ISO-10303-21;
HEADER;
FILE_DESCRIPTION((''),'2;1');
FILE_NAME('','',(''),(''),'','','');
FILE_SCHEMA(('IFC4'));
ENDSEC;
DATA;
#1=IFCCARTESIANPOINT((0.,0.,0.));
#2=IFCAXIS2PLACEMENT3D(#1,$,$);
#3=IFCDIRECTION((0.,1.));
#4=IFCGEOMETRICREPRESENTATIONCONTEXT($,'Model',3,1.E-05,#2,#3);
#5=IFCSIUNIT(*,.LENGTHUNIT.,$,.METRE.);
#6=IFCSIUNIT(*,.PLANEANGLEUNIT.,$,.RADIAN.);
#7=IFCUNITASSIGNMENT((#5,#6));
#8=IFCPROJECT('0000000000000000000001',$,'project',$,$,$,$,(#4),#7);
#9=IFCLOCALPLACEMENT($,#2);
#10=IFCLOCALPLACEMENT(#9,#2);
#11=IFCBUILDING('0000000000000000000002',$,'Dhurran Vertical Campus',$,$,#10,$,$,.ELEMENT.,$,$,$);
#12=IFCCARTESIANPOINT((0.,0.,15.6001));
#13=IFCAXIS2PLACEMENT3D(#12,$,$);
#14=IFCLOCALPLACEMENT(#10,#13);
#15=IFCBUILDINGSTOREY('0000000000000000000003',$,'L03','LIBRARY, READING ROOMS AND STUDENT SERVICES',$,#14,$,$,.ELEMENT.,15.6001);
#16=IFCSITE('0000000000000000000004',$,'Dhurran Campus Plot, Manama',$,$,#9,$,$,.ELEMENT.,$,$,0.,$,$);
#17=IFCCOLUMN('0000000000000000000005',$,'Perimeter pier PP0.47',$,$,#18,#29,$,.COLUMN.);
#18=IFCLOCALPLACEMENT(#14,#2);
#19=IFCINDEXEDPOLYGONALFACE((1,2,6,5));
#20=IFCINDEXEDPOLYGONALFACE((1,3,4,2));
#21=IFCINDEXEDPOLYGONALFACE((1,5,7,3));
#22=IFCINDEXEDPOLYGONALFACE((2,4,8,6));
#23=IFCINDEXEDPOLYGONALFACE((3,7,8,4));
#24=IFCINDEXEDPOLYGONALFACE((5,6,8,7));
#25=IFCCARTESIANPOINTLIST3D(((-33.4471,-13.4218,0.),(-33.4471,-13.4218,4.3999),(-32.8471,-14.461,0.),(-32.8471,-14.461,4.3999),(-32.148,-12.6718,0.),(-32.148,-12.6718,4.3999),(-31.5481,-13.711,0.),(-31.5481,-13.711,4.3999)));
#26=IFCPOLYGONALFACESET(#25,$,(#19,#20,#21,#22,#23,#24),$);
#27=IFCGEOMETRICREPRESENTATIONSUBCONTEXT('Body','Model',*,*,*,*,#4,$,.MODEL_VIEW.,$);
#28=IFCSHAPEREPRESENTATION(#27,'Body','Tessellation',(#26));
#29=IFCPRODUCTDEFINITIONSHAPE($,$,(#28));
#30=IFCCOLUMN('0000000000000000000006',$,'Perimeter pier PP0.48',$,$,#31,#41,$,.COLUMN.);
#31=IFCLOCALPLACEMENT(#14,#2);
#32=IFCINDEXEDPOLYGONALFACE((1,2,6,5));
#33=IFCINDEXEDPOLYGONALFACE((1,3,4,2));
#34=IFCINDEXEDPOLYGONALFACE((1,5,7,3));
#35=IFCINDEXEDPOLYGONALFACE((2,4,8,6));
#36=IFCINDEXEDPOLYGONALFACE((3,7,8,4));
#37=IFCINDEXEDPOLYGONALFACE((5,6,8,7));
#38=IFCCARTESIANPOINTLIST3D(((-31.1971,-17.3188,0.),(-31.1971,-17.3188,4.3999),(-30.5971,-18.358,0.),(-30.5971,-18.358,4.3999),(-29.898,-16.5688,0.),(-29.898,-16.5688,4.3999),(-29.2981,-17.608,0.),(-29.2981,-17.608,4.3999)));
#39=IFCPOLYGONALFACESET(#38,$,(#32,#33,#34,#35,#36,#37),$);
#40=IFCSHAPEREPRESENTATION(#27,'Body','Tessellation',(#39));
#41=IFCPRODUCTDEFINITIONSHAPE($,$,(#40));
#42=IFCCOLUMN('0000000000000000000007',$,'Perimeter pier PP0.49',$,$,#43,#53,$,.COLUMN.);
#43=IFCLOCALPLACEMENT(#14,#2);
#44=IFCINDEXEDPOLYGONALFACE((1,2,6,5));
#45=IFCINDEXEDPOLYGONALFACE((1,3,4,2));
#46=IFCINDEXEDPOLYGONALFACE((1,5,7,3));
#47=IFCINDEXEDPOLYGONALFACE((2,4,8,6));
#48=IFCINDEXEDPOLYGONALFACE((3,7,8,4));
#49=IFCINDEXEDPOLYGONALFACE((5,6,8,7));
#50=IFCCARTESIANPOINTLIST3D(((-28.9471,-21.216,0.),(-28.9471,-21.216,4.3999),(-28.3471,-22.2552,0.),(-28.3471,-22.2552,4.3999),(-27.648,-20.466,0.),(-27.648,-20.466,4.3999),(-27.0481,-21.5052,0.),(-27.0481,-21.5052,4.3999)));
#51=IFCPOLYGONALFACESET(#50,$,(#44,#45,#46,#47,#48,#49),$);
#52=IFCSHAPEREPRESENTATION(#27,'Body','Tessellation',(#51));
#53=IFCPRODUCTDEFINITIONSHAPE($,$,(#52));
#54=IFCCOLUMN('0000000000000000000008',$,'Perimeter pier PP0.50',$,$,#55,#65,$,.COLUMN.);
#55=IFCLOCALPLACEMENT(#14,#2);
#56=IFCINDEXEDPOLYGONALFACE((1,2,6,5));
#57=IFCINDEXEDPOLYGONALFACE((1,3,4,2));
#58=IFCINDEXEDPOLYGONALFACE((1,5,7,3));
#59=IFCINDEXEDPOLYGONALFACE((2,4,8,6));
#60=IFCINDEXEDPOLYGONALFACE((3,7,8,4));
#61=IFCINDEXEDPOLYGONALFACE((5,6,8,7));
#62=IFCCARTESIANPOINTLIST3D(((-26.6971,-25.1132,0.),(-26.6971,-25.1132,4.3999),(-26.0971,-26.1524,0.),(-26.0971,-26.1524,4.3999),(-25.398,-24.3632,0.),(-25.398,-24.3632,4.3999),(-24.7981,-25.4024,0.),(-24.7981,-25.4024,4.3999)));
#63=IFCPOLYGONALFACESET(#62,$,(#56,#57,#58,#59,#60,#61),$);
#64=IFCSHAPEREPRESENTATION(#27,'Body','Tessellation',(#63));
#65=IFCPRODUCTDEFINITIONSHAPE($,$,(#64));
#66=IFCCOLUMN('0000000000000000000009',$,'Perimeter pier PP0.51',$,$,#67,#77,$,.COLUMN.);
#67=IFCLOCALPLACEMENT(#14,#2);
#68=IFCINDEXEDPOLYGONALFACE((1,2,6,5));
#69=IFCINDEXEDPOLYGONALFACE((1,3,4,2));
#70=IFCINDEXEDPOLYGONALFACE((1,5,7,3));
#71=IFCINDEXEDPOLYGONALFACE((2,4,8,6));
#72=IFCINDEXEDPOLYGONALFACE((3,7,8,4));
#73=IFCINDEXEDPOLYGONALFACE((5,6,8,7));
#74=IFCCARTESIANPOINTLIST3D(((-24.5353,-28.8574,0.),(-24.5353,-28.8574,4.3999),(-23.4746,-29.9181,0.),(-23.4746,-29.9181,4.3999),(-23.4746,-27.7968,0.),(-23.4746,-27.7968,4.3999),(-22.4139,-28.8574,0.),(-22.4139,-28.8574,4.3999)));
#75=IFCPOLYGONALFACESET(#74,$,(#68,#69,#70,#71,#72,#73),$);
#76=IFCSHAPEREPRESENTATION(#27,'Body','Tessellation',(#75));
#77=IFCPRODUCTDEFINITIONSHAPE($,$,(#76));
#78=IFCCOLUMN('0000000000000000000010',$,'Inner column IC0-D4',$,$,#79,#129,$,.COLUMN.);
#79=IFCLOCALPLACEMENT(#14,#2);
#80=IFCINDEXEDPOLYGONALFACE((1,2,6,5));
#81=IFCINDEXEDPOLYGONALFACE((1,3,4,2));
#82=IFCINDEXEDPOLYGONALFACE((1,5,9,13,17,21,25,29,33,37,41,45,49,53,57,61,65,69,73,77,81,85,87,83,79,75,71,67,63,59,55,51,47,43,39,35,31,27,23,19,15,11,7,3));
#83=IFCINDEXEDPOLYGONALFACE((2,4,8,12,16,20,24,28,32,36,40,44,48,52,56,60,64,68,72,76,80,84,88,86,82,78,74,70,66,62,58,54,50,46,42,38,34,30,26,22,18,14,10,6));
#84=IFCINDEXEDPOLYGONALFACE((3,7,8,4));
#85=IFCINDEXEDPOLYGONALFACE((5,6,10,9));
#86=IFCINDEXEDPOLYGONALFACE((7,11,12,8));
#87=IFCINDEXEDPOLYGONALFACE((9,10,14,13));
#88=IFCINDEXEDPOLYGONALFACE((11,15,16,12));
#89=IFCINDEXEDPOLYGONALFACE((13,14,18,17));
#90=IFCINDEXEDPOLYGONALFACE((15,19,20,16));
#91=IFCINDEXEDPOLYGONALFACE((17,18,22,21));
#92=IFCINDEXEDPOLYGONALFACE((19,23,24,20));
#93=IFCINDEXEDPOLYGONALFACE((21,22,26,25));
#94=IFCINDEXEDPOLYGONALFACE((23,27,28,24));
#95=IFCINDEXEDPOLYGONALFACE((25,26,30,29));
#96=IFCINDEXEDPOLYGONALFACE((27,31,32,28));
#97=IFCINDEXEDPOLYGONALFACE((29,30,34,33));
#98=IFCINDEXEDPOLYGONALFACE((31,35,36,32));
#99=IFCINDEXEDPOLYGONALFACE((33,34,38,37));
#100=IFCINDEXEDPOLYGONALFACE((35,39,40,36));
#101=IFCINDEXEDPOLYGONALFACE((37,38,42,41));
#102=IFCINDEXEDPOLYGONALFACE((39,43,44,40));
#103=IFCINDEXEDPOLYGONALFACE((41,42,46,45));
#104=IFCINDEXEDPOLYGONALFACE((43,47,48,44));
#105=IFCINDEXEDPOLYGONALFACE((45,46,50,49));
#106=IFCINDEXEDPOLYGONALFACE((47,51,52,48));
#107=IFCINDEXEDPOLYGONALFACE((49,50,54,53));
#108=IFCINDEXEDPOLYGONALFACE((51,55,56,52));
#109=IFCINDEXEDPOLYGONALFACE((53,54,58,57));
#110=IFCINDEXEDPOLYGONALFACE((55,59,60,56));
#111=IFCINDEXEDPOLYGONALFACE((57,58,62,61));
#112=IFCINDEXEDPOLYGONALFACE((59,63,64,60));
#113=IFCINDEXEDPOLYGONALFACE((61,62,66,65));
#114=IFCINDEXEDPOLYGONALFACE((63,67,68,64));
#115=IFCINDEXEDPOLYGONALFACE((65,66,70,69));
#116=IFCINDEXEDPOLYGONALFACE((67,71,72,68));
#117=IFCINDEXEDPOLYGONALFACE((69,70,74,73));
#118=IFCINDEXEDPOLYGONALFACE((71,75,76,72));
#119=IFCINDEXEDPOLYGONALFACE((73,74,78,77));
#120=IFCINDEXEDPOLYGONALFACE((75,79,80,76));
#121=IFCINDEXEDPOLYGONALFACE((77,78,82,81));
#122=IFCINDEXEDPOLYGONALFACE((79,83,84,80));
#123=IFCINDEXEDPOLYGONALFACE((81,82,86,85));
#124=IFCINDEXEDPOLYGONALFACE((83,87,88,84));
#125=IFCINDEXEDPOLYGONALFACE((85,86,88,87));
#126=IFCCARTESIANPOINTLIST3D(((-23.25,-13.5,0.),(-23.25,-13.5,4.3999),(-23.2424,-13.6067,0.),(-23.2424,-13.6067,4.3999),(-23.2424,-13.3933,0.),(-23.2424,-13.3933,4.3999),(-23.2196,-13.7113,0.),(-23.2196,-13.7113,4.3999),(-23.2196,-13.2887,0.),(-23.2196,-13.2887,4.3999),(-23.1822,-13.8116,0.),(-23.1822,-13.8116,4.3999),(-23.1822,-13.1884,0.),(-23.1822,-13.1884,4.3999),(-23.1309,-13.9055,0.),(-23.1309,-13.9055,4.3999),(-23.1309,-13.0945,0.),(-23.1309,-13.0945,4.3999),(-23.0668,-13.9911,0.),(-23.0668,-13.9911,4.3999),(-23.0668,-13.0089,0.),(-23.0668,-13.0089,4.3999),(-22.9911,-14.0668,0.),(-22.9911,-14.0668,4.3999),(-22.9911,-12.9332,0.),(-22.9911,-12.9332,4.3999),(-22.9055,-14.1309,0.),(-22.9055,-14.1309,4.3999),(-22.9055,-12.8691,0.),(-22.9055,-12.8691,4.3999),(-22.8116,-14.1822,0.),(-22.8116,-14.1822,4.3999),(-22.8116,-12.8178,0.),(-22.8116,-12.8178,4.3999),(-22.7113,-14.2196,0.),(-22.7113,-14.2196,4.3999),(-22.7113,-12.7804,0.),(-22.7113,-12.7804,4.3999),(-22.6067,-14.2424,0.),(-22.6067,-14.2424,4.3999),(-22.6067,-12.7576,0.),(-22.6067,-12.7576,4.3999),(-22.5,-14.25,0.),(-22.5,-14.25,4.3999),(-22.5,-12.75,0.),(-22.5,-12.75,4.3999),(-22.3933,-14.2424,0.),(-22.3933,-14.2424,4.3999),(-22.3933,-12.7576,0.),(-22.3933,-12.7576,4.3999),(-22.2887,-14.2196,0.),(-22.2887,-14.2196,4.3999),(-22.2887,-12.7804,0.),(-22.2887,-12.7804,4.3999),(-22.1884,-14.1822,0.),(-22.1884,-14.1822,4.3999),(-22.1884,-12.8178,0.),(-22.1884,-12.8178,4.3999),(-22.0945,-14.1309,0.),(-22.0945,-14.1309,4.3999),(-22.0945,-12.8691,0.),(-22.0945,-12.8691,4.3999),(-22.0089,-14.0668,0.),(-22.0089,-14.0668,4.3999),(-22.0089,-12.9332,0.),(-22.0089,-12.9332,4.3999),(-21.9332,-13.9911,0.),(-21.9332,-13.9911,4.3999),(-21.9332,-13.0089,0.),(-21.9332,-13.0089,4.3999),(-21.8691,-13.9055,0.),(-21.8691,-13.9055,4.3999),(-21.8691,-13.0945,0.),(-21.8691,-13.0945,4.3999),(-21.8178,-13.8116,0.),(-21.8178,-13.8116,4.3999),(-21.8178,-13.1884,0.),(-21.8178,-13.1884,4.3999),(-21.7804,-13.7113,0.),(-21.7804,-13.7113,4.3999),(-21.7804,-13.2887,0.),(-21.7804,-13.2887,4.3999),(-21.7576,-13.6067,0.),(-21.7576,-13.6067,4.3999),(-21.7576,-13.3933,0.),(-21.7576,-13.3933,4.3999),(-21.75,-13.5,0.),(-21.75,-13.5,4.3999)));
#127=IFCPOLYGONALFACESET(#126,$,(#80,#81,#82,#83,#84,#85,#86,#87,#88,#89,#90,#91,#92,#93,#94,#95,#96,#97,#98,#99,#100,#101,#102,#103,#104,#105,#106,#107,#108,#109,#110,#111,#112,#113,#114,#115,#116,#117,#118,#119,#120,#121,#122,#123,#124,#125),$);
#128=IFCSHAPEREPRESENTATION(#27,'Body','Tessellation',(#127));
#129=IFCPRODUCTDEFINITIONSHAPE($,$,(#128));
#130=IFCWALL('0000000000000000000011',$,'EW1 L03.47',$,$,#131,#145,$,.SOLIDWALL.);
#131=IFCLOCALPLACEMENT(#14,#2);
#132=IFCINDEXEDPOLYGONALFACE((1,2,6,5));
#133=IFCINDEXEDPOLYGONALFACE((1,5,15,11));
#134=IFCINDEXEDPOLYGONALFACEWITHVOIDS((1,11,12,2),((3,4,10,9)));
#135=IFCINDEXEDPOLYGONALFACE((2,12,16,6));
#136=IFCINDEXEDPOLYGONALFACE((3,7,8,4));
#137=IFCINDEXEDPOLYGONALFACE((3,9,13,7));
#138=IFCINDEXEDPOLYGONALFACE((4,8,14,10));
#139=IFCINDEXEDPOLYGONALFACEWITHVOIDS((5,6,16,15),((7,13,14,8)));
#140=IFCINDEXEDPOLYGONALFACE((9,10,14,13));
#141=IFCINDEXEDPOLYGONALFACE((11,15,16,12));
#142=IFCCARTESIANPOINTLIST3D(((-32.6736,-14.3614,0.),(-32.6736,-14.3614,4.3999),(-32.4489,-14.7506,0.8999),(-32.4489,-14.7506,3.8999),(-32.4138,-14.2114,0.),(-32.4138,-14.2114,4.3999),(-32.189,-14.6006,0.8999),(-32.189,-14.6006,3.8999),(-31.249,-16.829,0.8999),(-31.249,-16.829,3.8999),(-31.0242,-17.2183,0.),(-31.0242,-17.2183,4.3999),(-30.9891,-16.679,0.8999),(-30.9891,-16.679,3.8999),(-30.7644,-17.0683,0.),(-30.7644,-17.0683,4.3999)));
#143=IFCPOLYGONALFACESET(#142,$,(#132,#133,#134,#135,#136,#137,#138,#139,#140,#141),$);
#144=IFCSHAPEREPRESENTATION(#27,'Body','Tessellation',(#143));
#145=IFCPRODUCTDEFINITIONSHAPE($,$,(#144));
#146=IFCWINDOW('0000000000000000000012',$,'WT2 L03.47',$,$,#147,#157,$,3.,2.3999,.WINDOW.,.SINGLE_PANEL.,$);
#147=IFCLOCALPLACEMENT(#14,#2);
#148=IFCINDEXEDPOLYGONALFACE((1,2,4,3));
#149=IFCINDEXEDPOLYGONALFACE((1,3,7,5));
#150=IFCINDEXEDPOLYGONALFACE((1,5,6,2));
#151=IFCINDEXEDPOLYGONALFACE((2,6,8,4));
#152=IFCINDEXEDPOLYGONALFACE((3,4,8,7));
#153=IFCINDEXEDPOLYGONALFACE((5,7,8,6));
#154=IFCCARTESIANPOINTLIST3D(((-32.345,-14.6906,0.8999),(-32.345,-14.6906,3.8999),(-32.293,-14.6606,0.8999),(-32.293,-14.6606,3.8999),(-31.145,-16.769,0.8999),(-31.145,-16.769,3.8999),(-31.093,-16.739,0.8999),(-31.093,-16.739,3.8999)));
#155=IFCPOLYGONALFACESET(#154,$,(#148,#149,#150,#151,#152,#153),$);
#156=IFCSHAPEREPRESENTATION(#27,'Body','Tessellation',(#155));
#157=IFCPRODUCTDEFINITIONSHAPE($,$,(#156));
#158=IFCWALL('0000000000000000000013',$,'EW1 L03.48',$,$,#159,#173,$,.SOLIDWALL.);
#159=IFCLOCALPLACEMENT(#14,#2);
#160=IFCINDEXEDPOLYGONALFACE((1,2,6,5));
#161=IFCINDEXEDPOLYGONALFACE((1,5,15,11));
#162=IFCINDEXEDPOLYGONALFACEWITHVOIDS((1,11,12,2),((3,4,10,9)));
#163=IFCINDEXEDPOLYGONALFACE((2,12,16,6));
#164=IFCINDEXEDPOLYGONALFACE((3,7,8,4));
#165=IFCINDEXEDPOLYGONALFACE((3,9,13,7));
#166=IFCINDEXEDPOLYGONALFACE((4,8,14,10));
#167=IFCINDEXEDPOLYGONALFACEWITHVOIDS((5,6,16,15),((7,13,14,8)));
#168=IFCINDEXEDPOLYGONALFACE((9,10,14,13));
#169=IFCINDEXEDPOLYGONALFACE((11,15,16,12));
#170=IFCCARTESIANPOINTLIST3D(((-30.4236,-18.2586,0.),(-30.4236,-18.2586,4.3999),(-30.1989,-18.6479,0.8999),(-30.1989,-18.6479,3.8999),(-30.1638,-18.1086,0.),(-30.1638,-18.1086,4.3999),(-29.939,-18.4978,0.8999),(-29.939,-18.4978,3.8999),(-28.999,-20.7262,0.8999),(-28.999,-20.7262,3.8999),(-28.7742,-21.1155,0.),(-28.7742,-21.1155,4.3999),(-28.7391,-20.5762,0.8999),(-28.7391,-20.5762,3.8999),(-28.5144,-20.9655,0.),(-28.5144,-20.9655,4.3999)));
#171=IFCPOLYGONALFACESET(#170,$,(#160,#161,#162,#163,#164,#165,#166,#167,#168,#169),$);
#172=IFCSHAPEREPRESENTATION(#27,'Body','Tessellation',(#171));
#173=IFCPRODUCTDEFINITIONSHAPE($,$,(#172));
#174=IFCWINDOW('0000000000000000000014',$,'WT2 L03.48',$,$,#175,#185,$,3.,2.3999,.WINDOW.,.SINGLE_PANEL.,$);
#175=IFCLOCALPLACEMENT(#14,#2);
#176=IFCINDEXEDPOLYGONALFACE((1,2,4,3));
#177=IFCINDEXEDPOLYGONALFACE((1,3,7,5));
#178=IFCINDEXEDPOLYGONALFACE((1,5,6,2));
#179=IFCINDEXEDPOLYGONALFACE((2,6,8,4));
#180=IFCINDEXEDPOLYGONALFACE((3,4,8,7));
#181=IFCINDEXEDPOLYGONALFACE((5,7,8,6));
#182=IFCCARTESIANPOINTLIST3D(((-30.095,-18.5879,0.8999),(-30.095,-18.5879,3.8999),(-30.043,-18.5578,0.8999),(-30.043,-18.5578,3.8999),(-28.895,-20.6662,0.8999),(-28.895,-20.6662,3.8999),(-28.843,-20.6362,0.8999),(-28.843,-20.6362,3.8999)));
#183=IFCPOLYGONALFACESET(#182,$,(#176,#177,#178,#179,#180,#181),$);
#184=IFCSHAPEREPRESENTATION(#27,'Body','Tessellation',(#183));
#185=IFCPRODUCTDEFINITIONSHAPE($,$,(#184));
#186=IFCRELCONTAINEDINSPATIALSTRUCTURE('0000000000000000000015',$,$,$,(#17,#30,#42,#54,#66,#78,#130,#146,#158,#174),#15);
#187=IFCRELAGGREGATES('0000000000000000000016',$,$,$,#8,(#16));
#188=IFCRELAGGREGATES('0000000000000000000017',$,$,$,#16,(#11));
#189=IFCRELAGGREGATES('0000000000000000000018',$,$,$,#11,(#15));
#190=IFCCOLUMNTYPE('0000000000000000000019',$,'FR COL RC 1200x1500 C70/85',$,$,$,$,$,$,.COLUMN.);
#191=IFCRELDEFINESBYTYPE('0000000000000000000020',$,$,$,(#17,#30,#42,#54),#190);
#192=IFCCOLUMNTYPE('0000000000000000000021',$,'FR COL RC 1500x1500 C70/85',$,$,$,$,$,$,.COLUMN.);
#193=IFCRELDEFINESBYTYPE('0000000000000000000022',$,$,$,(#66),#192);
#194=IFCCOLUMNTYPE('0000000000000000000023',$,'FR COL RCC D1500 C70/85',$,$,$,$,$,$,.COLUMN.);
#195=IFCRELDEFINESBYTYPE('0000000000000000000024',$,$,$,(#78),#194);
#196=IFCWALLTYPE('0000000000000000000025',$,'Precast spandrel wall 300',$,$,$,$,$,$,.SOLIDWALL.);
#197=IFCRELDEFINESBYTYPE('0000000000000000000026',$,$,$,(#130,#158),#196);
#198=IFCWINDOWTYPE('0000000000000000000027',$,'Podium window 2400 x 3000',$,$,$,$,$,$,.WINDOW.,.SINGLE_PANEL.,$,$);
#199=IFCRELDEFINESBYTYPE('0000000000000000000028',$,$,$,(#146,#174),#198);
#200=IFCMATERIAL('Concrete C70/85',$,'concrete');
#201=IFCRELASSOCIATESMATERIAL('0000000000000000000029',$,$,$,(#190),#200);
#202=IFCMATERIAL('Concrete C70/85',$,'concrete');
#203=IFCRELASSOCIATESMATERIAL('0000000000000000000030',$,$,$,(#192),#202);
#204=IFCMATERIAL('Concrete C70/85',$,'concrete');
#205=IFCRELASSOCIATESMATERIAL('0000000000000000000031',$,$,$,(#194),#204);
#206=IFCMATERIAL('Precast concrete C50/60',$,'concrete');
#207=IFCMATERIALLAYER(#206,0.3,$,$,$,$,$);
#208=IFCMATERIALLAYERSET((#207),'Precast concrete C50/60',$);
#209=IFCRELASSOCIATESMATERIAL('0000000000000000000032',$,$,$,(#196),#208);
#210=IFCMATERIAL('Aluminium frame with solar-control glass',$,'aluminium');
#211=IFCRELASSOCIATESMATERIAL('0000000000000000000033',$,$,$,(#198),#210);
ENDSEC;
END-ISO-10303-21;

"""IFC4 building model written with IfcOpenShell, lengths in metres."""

from ifc_helpers import new_model, si_unit, direction, frame, frame_2d, origin, origin_2d, place, context, subcontext, project, spatial, rectangle, circle, extrude, material, layer, layer_set, material_profile, profile_set, type_object, element, fill, save


model = new_model("IFC4")

# Units and contexts
model_context = context("Model", 3, precision=1e-05, world=origin(), true_north=direction((0.0, 1.0)))
body_context = subcontext(model_context, "Body", "Model", "MODEL_VIEW")
ifc_project = project(units=[si_unit("LENGTHUNIT", "METRE"), si_unit("PLANEANGLEUNIT", "RADIAN")], contexts=[model_context])

# Site, building, storey
site_placement = place(None, origin())
site = spatial("IfcSite", under=ifc_project, at=site_placement, Name="Dhurran Campus Plot, Manama", CompositionType="ELEMENT", RefElevation=0.0)
building_placement = place(site_placement, origin())
building = spatial("IfcBuilding", under=site, at=building_placement, Name="Dhurran Vertical Campus", CompositionType="ELEMENT")
storey_placement = place(building_placement, frame((0.0, 0.0, 15.6001)))
storey = spatial("IfcBuildingStorey", under=building, at=storey_placement, Name="L03", Description="LIBRARY, READING ROOMS AND STUDENT SERVICES", CompositionType="ELEMENT", Elevation=15.6001)

# Columns
ifc_material_1 = material(Name="Concrete C70/85", Category="concrete")
ifc_material_profile_1 = material_profile(ifc_material_1, rectangle(XDim=1.2, YDim=1.5, at=origin_2d()), Name="RC 1200x1500")
ifc_profile_set_1 = profile_set([ifc_material_profile_1], Name="Concrete C70/85")
column_type_1 = type_object("IfcColumnType", Name="FR COL RC 1200x1500 C70/85", PredefinedType="COLUMN", material=ifc_profile_set_1)
for number, where, z_axis, x_axis, name in (
    (1, (-32.4976, -13.5664, 0.0), (0.0, 0.0, 1.0), (0.5, -0.866025, 0.0), "Perimeter pier PP0.47"),
    (2, (-30.2476, -17.4634, 0.0), (0.0, 0.0, 1.0), (0.5, -0.866025, 0.0), "Perimeter pier PP0.48"),
    (3, (-27.9976, -21.3606, 0.0), (0.0, 0.0, 1.0), (0.5, -0.866025, 0.0), "Perimeter pier PP0.49"),
    (4, (-25.7476, -25.2578, 0.0), (0.0, 0.0, 1.0), (0.5, -0.866025, 0.0), "Perimeter pier PP0.50"),
):
    element("IfcColumn", number, at=place(storey_placement, frame(where, z_axis=z_axis, x_axis=x_axis)), inside=storey, type_object=column_type_1, Name=name, PredefinedType="COLUMN", context=body_context, shape_type="SweptSolid", body=[
        extrude(rectangle(XDim=1.2, YDim=1.5, at=origin_2d()), origin(), (0.0, 0.0, 1.0), 4.3999),
    ])
ifc_material_2 = material(Name="Concrete C70/85", Category="concrete")
ifc_material_profile_2 = material_profile(ifc_material_2, rectangle(XDim=1.5, YDim=1.5, at=origin_2d()), Name="RC 1500x1500")
ifc_profile_set_2 = profile_set([ifc_material_profile_2], Name="Concrete C70/85")
column_type_2 = type_object("IfcColumnType", Name="FR COL RC 1500x1500 C70/85", PredefinedType="COLUMN", material=ifc_profile_set_2)
column_1_placement = place(storey_placement, frame((-23.4746, -28.8574, 0.0), z_axis=(0.0, 0.0, 1.0), x_axis=(0.707107, -0.707107, 0.0)))
element("IfcColumn", 5, at=column_1_placement, inside=storey, type_object=column_type_2, Name="Perimeter pier PP0.51", PredefinedType="COLUMN", context=body_context, shape_type="SweptSolid", body=[
    extrude(rectangle(XDim=1.5, YDim=1.5, at=origin_2d()), origin(), (0.0, 0.0, 1.0), 4.3999),
])
ifc_material_3 = material(Name="Concrete C70/85", Category="concrete")
ifc_material_profile_3 = material_profile(ifc_material_3, circle(Radius=0.75, at=origin_2d()), Name="RCC D1500")
ifc_profile_set_3 = profile_set([ifc_material_profile_3], Name="Concrete C70/85")
column_type_3 = type_object("IfcColumnType", Name="FR COL RCC D1500 C70/85", PredefinedType="COLUMN", material=ifc_profile_set_3)
column_2_placement = place(storey_placement, frame((-22.5, -13.5, 0.0), z_axis=(0.0, 0.0, 1.0), x_axis=(1.0, 0.0, 0.0)))
element("IfcColumn", 6, at=column_2_placement, inside=storey, type_object=column_type_3, Name="Inner column IC0-D4", PredefinedType="COLUMN", context=body_context, shape_type="SweptSolid", body=[
    extrude(circle(Radius=0.75, at=origin_2d()), origin(), (0.0, 0.0, 1.0), 4.3999),
])

# Walls, openings, windows
ifc_material_4 = material(Name="Precast concrete C50/60", Category="concrete")
ifc_layer = layer(ifc_material_4, 0.3)
ifc_layer_set = layer_set([ifc_layer], Name="Precast concrete C50/60")
wall_type = type_object("IfcWallType", Name="Precast spandrel wall 300", PredefinedType="SOLIDWALL", material=ifc_layer_set)
wall_1_placement = place(storey_placement, frame((-32.5437, -14.2864, 0.0), z_axis=(0.0, 0.0, 1.0), x_axis=(0.499992, -0.86603, 0.0)))
wall_1 = element("IfcWall", 7, at=wall_1_placement, inside=storey, type_object=wall_type, Name="EW1 L03.47", PredefinedType="SOLIDWALL", context=body_context, shape_type="SweptSolid", body=[
    extrude(rectangle(XDim=3.2988, YDim=0.3, at=frame_2d((1.6494, 0.0))), origin(), (0.0, 0.0, 1.0), 4.3999),
])
opening_1_placement = place(wall_1_placement, frame((0.4495, 0.0, 0.8999)))
opening_1 = element("IfcOpeningElement", 8, at=opening_1_placement, cuts=wall_1, PredefinedType="OPENING", context=body_context, shape_type="SweptSolid", body=[
    extrude(rectangle(XDim=2.3999, YDim=3.0, at=frame_2d((1.2, 1.5))), frame((0.0, 0.1599, 0.0), z_axis=(0.0, -1.0, 0.0), x_axis=(1.0, 0.0, 0.0)), (0.0, 0.0, 1.0), 0.3201),
])
ifc_material_5 = material(Name="Aluminium frame with solar-control glass", Category="aluminium")
window_type = type_object("IfcWindowType", Name="Podium window 2400 x 3000", PartitioningType="SINGLE_PANEL", PredefinedType="WINDOW", material=ifc_material_5)
window_1_placement = place(opening_1_placement, origin())
window_1 = element("IfcWindow", 9, at=window_1_placement, inside=storey, type_object=window_type, Name="WT2 L03.47", OverallHeight=3.0, OverallWidth=2.3999, PartitioningType="SINGLE_PANEL", PredefinedType="WINDOW", context=body_context, shape_type="SweptSolid", body=[
    extrude(rectangle(XDim=2.3999, YDim=3.0, at=frame_2d((1.2, 1.5))), frame((0.0, 0.03, 0.0), z_axis=(0.0, -1.0, 0.0), x_axis=(1.0, 0.0, 0.0)), (0.0, 0.0, 1.0), 0.0601),
])
fill(opening_1, window_1)
wall_2_placement = place(storey_placement, frame((-30.2937, -18.1836, 0.0), z_axis=(0.0, 0.0, 1.0), x_axis=(0.499992, -0.86603, 0.0)))
wall_2 = element("IfcWall", 10, at=wall_2_placement, inside=storey, type_object=wall_type, Name="EW1 L03.48", PredefinedType="SOLIDWALL", context=body_context, shape_type="SweptSolid", body=[
    extrude(rectangle(XDim=3.2988, YDim=0.3, at=frame_2d((1.6494, 0.0))), origin(), (0.0, 0.0, 1.0), 4.3999),
])
opening_2_placement = place(wall_2_placement, frame((0.4495, 0.0, 0.8999)))
opening_2 = element("IfcOpeningElement", 11, at=opening_2_placement, cuts=wall_2, PredefinedType="OPENING", context=body_context, shape_type="SweptSolid", body=[
    extrude(rectangle(XDim=2.3999, YDim=3.0, at=frame_2d((1.2, 1.5))), frame((0.0, 0.1599, 0.0), z_axis=(0.0, -1.0, 0.0), x_axis=(1.0, 0.0, 0.0)), (0.0, 0.0, 1.0), 0.3201),
])
window_2_placement = place(opening_2_placement, origin())
window_2 = element("IfcWindow", 12, at=window_2_placement, inside=storey, type_object=window_type, Name="WT2 L03.48", OverallHeight=3.0, OverallWidth=2.3999, PartitioningType="SINGLE_PANEL", PredefinedType="WINDOW", context=body_context, shape_type="SweptSolid", body=[
    extrude(rectangle(XDim=2.3999, YDim=3.0, at=frame_2d((1.2, 1.5))), frame((0.0, 0.03, 0.0), z_axis=(0.0, -1.0, 0.0), x_axis=(1.0, 0.0, 0.0)), (0.0, 0.0, 1.0), 0.0601),
])
fill(opening_2, window_2)

save(model, "model.ifc")
